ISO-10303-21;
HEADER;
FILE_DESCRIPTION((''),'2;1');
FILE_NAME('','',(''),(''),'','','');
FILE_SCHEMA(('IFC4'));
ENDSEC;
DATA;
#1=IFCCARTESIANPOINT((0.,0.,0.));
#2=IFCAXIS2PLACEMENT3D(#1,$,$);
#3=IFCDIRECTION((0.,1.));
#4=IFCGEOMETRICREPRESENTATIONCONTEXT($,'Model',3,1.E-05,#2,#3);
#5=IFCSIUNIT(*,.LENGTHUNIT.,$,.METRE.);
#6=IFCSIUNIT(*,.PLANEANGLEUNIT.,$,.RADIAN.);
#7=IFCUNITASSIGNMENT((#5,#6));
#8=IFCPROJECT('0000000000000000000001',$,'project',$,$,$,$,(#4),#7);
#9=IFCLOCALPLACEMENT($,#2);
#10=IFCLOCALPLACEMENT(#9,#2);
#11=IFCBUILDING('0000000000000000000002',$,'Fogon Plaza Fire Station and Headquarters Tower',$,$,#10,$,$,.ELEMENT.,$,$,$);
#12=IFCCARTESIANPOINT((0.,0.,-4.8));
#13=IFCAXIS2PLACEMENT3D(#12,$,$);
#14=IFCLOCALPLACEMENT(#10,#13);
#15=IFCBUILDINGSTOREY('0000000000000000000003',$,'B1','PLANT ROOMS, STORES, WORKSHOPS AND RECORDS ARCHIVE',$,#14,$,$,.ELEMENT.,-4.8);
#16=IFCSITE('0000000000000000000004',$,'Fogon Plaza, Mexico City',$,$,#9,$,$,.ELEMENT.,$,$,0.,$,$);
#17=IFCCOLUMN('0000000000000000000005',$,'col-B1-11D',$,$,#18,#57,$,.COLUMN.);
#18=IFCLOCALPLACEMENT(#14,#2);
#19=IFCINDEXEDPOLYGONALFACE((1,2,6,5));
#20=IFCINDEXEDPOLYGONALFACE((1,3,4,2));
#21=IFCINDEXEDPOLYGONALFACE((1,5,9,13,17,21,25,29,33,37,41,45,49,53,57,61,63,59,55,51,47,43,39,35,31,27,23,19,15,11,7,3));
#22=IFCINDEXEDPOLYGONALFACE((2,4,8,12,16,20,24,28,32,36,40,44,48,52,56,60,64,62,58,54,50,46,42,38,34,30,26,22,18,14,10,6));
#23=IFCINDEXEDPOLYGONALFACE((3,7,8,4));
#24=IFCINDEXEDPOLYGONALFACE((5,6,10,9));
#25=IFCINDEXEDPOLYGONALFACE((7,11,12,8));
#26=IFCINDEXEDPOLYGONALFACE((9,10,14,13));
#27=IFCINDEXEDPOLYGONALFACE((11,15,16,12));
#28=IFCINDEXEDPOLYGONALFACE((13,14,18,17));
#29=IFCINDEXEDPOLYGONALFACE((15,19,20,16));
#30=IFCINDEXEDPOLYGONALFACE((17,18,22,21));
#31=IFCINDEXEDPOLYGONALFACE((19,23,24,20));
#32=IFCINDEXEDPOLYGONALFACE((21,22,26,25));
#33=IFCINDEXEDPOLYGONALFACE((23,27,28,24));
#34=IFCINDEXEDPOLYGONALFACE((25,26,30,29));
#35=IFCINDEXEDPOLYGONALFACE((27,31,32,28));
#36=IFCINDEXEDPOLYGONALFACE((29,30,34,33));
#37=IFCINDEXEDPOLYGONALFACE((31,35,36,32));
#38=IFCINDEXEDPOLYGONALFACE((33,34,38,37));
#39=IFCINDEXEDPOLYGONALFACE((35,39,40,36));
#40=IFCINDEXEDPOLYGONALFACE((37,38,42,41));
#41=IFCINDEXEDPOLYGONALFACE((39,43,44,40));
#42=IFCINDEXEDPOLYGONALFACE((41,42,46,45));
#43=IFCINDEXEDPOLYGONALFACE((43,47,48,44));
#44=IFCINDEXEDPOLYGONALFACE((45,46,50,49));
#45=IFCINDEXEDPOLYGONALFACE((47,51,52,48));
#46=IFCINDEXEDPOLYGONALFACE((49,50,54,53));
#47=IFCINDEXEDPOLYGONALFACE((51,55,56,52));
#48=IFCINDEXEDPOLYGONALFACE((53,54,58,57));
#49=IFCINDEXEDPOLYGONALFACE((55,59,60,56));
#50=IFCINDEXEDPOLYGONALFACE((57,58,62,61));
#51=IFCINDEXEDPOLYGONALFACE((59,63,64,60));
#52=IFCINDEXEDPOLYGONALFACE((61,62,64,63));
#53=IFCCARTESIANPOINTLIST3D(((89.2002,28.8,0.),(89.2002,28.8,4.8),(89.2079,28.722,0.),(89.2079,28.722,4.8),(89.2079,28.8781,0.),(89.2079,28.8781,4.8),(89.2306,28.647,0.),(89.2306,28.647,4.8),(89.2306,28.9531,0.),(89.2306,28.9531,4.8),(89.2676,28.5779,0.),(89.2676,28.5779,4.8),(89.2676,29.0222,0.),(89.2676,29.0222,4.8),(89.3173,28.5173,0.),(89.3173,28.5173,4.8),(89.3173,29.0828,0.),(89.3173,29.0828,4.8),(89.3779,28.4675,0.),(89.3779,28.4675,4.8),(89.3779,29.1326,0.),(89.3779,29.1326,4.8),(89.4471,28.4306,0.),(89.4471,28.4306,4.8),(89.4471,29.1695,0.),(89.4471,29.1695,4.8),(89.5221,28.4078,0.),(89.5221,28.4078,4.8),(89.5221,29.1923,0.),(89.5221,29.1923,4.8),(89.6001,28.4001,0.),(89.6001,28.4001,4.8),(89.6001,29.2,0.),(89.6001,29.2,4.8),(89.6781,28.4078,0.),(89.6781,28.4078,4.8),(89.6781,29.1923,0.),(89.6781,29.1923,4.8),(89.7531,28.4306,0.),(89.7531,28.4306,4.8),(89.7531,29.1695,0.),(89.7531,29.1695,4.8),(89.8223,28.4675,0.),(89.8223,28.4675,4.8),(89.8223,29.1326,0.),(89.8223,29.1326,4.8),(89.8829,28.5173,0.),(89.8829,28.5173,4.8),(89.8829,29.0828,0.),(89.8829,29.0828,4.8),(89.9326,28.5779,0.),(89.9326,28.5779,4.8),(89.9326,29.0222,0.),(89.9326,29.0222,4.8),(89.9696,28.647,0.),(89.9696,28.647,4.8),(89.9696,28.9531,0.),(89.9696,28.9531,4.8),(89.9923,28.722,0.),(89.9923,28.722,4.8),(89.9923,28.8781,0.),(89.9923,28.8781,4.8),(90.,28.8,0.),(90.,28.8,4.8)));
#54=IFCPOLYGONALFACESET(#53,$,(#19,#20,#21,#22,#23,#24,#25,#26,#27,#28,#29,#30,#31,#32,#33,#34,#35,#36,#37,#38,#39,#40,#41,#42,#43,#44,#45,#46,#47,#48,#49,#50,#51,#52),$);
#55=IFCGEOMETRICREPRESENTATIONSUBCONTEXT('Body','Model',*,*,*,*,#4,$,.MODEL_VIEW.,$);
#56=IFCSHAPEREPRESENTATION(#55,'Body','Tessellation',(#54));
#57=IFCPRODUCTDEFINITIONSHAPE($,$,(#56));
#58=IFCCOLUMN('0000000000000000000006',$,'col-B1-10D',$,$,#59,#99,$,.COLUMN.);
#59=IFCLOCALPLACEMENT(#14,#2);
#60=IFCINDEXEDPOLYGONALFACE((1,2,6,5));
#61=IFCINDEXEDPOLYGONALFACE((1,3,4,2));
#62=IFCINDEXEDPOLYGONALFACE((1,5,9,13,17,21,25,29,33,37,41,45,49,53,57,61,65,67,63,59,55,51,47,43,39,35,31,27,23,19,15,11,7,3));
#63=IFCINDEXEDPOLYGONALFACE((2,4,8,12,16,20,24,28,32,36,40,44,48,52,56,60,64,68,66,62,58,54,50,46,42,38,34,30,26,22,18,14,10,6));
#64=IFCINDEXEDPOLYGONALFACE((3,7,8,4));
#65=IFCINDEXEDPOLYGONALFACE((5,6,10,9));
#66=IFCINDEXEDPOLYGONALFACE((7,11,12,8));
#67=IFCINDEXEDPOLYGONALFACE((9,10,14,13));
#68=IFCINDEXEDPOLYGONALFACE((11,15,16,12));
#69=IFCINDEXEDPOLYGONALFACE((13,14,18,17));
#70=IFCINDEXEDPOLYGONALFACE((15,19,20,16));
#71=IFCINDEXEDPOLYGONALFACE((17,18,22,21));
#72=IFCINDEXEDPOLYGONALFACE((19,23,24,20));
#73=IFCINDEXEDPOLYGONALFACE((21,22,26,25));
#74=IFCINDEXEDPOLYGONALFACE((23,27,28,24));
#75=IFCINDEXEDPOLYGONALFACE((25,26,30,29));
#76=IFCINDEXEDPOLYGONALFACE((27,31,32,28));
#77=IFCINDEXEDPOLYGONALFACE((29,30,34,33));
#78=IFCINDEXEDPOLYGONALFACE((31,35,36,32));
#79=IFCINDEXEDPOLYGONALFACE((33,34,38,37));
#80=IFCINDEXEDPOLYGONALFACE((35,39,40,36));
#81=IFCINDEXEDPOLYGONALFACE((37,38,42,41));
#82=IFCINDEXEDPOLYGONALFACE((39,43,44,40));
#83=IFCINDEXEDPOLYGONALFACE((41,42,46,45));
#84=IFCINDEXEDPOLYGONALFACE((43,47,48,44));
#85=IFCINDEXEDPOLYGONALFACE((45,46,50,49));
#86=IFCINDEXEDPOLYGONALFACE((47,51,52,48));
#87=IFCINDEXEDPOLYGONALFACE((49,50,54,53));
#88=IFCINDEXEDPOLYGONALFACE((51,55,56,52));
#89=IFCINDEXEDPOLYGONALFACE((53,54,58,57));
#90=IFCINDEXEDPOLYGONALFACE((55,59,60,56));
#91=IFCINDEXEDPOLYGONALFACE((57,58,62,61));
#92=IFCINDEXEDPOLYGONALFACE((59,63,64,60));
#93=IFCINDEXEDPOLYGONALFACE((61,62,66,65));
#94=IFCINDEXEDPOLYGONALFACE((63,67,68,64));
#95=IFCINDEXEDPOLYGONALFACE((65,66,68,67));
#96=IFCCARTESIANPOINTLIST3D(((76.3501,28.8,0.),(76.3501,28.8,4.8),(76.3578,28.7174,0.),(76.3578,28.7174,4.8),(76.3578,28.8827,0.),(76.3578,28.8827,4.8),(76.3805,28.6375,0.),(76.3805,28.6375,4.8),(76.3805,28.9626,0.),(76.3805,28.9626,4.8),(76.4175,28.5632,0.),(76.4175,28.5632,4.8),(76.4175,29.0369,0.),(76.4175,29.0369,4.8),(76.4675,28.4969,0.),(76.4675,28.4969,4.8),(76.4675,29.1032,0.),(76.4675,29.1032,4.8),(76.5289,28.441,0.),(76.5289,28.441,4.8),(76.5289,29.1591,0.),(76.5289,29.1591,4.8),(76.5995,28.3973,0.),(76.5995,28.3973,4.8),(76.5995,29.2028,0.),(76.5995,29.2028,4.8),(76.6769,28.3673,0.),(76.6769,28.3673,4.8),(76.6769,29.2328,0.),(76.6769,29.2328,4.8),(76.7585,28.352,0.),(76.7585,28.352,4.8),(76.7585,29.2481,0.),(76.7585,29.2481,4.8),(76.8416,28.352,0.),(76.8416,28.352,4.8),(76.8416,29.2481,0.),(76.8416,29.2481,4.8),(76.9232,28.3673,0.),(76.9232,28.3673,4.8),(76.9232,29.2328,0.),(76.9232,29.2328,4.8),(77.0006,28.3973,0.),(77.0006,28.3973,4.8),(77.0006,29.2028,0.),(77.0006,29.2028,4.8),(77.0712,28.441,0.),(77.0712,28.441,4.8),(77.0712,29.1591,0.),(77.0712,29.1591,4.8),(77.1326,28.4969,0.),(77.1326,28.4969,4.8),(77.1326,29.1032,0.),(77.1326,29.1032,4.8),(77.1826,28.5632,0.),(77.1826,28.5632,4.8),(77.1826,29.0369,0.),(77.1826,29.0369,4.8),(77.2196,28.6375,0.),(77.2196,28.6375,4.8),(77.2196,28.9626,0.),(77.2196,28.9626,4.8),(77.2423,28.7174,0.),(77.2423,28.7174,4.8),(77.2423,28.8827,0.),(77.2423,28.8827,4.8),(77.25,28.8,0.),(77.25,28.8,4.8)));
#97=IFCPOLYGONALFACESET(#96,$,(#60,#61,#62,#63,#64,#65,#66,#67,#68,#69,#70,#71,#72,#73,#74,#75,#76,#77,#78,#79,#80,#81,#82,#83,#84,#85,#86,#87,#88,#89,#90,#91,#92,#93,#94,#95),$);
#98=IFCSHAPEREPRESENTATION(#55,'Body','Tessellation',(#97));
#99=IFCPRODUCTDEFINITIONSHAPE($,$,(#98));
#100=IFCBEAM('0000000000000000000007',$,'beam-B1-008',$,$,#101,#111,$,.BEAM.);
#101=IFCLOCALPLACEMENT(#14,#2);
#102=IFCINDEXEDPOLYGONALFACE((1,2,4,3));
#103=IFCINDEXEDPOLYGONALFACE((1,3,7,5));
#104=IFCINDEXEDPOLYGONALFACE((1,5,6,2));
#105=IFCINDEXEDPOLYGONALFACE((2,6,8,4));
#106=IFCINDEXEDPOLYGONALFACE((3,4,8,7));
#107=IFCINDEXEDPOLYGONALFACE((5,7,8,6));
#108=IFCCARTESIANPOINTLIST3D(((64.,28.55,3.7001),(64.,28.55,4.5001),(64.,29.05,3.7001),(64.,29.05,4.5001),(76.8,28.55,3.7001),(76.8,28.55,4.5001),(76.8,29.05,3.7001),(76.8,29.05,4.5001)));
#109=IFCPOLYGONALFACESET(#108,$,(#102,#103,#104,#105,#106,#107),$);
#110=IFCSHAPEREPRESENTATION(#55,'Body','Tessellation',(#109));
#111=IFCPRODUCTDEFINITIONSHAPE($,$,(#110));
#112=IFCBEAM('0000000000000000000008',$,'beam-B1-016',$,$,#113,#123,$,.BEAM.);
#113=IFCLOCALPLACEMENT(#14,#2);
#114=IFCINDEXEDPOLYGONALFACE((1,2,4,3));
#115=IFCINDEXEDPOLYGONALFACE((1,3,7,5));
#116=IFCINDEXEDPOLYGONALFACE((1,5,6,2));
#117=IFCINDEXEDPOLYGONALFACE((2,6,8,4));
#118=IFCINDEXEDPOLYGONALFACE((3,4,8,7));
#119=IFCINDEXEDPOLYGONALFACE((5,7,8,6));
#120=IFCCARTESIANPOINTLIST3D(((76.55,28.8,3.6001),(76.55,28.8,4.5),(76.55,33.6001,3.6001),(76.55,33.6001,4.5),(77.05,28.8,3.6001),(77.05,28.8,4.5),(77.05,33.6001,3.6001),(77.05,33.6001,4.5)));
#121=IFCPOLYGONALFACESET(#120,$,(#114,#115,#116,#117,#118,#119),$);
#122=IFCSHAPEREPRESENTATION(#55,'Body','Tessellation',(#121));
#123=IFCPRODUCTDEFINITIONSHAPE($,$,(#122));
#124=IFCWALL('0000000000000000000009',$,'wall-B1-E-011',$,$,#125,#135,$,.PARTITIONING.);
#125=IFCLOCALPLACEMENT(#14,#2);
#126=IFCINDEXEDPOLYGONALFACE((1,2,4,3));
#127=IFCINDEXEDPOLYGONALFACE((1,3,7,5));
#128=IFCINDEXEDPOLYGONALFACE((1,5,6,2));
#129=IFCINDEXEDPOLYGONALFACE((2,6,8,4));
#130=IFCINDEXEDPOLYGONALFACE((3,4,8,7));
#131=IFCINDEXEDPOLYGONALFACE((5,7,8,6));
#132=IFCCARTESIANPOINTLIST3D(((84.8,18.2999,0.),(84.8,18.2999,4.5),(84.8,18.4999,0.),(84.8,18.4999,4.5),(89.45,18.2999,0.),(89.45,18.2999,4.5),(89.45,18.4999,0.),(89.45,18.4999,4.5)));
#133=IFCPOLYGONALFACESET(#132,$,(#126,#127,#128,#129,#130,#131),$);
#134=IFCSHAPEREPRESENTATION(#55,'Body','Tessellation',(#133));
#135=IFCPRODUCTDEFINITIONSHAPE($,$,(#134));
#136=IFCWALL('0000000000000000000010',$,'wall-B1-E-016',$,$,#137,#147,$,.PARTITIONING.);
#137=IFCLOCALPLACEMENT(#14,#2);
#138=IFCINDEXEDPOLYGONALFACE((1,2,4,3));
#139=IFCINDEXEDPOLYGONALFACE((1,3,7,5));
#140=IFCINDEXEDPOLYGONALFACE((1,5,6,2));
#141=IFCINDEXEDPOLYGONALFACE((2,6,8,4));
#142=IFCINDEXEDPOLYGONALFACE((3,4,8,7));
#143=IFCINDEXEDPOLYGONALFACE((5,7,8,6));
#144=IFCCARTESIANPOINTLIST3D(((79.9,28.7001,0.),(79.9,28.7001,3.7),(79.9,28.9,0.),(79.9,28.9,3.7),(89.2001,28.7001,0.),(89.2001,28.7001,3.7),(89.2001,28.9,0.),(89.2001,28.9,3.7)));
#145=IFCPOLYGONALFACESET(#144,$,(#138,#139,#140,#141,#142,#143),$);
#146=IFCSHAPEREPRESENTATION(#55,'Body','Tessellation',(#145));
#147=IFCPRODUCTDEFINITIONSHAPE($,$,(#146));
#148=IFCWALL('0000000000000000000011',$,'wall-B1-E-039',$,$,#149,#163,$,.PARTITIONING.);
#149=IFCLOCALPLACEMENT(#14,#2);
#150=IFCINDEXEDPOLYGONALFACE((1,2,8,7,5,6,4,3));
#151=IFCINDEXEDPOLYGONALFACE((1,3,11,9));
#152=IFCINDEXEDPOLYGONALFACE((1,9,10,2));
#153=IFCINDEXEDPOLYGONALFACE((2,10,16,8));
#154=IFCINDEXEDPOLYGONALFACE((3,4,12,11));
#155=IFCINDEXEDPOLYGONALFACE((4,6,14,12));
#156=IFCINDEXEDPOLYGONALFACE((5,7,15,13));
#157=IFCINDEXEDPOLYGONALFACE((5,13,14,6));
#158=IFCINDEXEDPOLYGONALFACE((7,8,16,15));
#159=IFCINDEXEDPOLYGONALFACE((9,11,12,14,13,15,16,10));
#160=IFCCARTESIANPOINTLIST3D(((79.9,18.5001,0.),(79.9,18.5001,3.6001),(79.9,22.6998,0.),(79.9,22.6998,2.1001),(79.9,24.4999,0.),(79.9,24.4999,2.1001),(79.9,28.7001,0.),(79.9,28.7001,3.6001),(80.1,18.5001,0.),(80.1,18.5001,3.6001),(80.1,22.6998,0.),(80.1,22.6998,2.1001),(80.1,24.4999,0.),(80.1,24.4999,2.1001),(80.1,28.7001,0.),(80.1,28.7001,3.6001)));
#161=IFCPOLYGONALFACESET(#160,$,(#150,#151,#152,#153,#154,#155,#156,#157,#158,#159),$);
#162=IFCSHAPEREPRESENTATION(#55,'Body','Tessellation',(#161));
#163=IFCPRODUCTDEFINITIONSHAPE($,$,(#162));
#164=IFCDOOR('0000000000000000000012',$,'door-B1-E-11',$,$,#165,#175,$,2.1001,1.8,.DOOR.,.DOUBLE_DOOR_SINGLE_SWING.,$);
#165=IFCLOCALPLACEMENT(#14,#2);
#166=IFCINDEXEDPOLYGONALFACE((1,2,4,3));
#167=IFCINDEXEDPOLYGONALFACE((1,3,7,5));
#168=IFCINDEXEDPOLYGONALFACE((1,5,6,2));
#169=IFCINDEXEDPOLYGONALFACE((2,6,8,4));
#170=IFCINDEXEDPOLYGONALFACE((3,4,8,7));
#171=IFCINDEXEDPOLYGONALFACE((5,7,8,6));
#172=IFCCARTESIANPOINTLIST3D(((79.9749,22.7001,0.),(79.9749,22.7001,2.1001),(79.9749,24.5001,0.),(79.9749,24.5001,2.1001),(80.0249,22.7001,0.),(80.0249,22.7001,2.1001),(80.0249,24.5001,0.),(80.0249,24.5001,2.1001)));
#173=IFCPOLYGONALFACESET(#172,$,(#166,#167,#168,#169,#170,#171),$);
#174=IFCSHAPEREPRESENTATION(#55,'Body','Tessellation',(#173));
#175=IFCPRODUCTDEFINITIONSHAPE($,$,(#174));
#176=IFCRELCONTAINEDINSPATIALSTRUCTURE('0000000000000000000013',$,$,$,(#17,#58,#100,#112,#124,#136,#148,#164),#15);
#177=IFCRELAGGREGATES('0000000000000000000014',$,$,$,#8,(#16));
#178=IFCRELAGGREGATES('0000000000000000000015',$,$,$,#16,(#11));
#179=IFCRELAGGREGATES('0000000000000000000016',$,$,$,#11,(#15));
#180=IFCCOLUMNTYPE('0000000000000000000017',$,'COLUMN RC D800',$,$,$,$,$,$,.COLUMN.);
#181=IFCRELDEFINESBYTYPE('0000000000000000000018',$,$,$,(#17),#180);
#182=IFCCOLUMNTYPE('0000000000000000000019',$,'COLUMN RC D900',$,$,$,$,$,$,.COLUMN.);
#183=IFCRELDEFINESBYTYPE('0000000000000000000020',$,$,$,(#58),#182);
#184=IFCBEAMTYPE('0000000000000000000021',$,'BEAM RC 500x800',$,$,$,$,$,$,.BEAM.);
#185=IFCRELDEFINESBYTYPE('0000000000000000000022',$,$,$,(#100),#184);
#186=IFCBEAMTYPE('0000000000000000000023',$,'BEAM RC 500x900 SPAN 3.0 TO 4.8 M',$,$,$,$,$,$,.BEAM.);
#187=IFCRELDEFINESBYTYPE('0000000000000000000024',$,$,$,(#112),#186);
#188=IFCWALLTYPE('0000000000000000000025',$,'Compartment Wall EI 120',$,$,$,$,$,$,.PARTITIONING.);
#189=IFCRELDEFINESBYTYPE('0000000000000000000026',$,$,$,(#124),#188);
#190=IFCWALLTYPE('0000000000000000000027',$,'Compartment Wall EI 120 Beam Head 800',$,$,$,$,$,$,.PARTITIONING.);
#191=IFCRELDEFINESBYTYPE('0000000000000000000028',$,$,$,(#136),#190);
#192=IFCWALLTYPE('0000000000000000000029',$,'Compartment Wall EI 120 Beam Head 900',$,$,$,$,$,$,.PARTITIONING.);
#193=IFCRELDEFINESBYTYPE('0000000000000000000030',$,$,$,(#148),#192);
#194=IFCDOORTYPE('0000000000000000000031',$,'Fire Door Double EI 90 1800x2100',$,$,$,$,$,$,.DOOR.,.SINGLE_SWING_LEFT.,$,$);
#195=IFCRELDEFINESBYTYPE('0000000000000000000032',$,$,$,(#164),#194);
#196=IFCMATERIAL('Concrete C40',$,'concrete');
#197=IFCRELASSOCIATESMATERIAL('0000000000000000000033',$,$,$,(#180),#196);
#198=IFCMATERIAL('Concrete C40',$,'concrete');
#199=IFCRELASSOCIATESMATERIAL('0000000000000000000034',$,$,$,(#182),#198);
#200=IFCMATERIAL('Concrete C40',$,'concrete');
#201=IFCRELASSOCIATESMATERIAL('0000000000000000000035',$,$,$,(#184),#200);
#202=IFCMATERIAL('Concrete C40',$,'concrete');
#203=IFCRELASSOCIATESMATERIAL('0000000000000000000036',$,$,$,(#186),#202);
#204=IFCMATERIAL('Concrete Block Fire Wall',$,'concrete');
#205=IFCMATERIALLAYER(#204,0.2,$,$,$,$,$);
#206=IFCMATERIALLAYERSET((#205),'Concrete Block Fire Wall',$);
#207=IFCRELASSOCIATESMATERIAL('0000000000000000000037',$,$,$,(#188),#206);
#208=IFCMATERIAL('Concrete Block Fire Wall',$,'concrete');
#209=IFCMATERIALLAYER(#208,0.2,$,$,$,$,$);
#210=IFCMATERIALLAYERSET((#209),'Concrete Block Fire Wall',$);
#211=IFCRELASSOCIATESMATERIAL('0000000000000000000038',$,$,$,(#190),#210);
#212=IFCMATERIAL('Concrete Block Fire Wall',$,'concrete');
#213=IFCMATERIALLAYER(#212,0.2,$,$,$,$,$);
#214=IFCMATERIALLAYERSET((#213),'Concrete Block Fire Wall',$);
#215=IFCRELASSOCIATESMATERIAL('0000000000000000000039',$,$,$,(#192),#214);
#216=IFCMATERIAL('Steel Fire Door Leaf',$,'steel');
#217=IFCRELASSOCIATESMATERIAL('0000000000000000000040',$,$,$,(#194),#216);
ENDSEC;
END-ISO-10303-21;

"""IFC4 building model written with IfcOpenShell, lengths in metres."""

from ifc_helpers import new_model, si_unit, direction, frame, frame_2d, origin, origin_2d, place, context, subcontext, project, spatial, rectangle, circle, extrude, material, layer, layer_set, material_profile, profile_set, type_object, element, fill, save


model = new_model("IFC4")

# Units and contexts
model_context = context("Model", 3, precision=1e-05, world=origin(), true_north=direction((0.0, 1.0)))
body_context = subcontext(model_context, "Body", "Model", "MODEL_VIEW")
ifc_project = project(units=[si_unit("LENGTHUNIT", "METRE"), si_unit("PLANEANGLEUNIT", "RADIAN")], contexts=[model_context])

# Site, building, storey
site_placement = place(None, origin())
site = spatial("IfcSite", under=ifc_project, at=site_placement, Name="Fogon Plaza, Mexico City", CompositionType="ELEMENT", RefElevation=0.0)
building_placement = place(site_placement, origin())
building = spatial("IfcBuilding", under=site, at=building_placement, Name="Fogon Plaza Fire Station and Headquarters Tower", CompositionType="ELEMENT")
storey_placement = place(building_placement, frame((0.0, 0.0, -4.8)))
storey = spatial("IfcBuildingStorey", under=building, at=storey_placement, Name="B1", Description="PLANT ROOMS, STORES, WORKSHOPS AND RECORDS ARCHIVE", CompositionType="ELEMENT", Elevation=-4.8)

# Columns
ifc_material_1 = material(Name="Concrete C40", Category="concrete")
ifc_material_profile_1 = material_profile(ifc_material_1, circle(Radius=0.3999, at=origin_2d()), Name="RC D800")
ifc_profile_set_1 = profile_set([ifc_material_profile_1], Name="Concrete C40")
column_type_1 = type_object("IfcColumnType", Name="COLUMN RC D800", PredefinedType="COLUMN", material=ifc_profile_set_1)
column_1_placement = place(storey_placement, frame((89.6001, 28.8, 0.0), z_axis=(0.0, 0.0, 1.0), x_axis=(1.0, 0.0, 0.0)))
element("IfcColumn", 1, at=column_1_placement, inside=storey, type_object=column_type_1, Name="col-B1-11D", PredefinedType="COLUMN", context=body_context, shape_type="SweptSolid", body=[
    extrude(circle(Radius=0.3999, at=origin_2d()), origin(), (0.0, 0.0, 1.0), 4.8),
])
ifc_material_2 = material(Name="Concrete C40", Category="concrete")
ifc_material_profile_2 = material_profile(ifc_material_2, circle(Radius=0.45, at=origin_2d()), Name="RC D900")
ifc_profile_set_2 = profile_set([ifc_material_profile_2], Name="Concrete C40")
column_type_2 = type_object("IfcColumnType", Name="COLUMN RC D900", PredefinedType="COLUMN", material=ifc_profile_set_2)
column_2_placement = place(storey_placement, frame((76.8, 28.8, 0.0), z_axis=(0.0, 0.0, 1.0), x_axis=(1.0, 0.0, 0.0)))
element("IfcColumn", 2, at=column_2_placement, inside=storey, type_object=column_type_2, Name="col-B1-10D", PredefinedType="COLUMN", context=body_context, shape_type="SweptSolid", body=[
    extrude(circle(Radius=0.45, at=origin_2d()), origin(), (0.0, 0.0, 1.0), 4.8),
])

# Beams
ifc_material_3 = material(Name="Concrete C40", Category="concrete")
ifc_material_profile_3 = material_profile(ifc_material_3, rectangle(XDim=0.5, YDim=0.8, at=origin_2d()), Name="RC 500x800")
ifc_profile_set_3 = profile_set([ifc_material_profile_3], Name="Concrete C40")
beam_type_1 = type_object("IfcBeamType", Name="BEAM RC 500x800", PredefinedType="BEAM", material=ifc_profile_set_3)
beam_1_placement = place(storey_placement, frame((76.8, 28.8, 4.1001), z_axis=(-1.0, 0.0, 0.0), x_axis=(0.0, -1.0, 0.0)))
element("IfcBeam", 3, at=beam_1_placement, inside=storey, type_object=beam_type_1, Name="beam-B1-008", PredefinedType="BEAM", context=body_context, shape_type="SweptSolid", body=[
    extrude(rectangle(XDim=0.5, YDim=0.8, at=origin_2d()), origin(), (0.0, 0.0, 1.0), 12.8),
])
ifc_material_4 = material(Name="Concrete C40", Category="concrete")
ifc_material_profile_4 = material_profile(ifc_material_4, rectangle(XDim=0.5, YDim=0.8999, at=origin_2d()), Name="RC 500x900")
ifc_profile_set_4 = profile_set([ifc_material_profile_4], Name="Concrete C40")
beam_type_2 = type_object("IfcBeamType", Name="BEAM RC 500x900 SPAN 3.0 TO 4.8 M", PredefinedType="BEAM", material=ifc_profile_set_4)
beam_2_placement = place(storey_placement, frame((76.8, 28.8, 4.05), z_axis=(0.0, 1.0, 0.0), x_axis=(-1.0, 0.0, 0.0)))
element("IfcBeam", 4, at=beam_2_placement, inside=storey, type_object=beam_type_2, Name="beam-B1-016", PredefinedType="BEAM", context=body_context, shape_type="SweptSolid", body=[
    extrude(rectangle(XDim=0.5, YDim=0.8999, at=origin_2d()), origin(), (0.0, 0.0, 1.0), 4.8),
])

# Walls
ifc_material_5 = material(Name="Concrete Block Fire Wall", Category="concrete")
ifc_layer_1 = layer(ifc_material_5, 0.2)
ifc_layer_set_1 = layer_set([ifc_layer_1], Name="Concrete Block Fire Wall")
wall_type_1 = type_object("IfcWallType", Name="Compartment Wall EI 120", PredefinedType="PARTITIONING", material=ifc_layer_set_1)
wall_1_placement = place(storey_placement, frame((89.45, 18.3999, 0.0), z_axis=(0.0, 0.0, 1.0), x_axis=(-1.0, 0.0, 0.0)))
element("IfcWall", 5, at=wall_1_placement, inside=storey, type_object=wall_type_1, Name="wall-B1-E-011", PredefinedType="PARTITIONING", context=body_context, shape_type="SweptSolid", body=[
    extrude(rectangle(XDim=4.6499, YDim=0.2, at=frame_2d((2.325, 0.0))), origin(), (0.0, 0.0, 1.0), 4.5),
])
ifc_material_6 = material(Name="Concrete Block Fire Wall", Category="concrete")
ifc_layer_2 = layer(ifc_material_6, 0.2)
ifc_layer_set_2 = layer_set([ifc_layer_2], Name="Concrete Block Fire Wall")
wall_type_2 = type_object("IfcWallType", Name="Compartment Wall EI 120 Beam Head 800", PredefinedType="PARTITIONING", material=ifc_layer_set_2)
wall_2_placement = place(storey_placement, frame((89.2, 28.8, 0.0), z_axis=(0.0, 0.0, 1.0), x_axis=(-1.0, 0.0, 0.0)))
element("IfcWall", 6, at=wall_2_placement, inside=storey, type_object=wall_type_2, Name="wall-B1-E-016", PredefinedType="PARTITIONING", context=body_context, shape_type="SweptSolid", body=[
    extrude(rectangle(XDim=9.3, YDim=0.2, at=frame_2d((4.6499, 0.0))), origin(), (0.0, 0.0, 1.0), 3.7),
])

# Wall, opening, door
ifc_material_7 = material(Name="Concrete Block Fire Wall", Category="concrete")
ifc_layer_3 = layer(ifc_material_7, 0.2)
ifc_layer_set_3 = layer_set([ifc_layer_3], Name="Concrete Block Fire Wall")
wall_type_3 = type_object("IfcWallType", Name="Compartment Wall EI 120 Beam Head 900", PredefinedType="PARTITIONING", material=ifc_layer_set_3)
wall_3_placement = place(storey_placement, frame((80.0, 18.5, 0.0), z_axis=(0.0, 0.0, 1.0), x_axis=(0.0, 1.0, 0.0)))
wall_3 = element("IfcWall", 7, at=wall_3_placement, inside=storey, type_object=wall_type_3, Name="wall-B1-E-039", PredefinedType="PARTITIONING", context=body_context, shape_type="SweptSolid", body=[
    extrude(rectangle(XDim=10.2, YDim=0.2, at=frame_2d((5.1001, 0.0))), origin(), (0.0, 0.0, 1.0), 3.6001),
])
opening_1_placement = place(wall_3_placement, frame((4.2, 0.0, 0.0)))
opening_1 = element("IfcOpeningElement", 8, at=opening_1_placement, cuts=wall_3, PredefinedType="OPENING", context=body_context, shape_type="SweptSolid", body=[
    extrude(rectangle(XDim=1.8, YDim=2.1001, at=frame_2d((0.8999, 1.05))), frame((0.0, 0.1099, 0.0), z_axis=(0.0, -1.0, 0.0), x_axis=(1.0, 0.0, 0.0)), (0.0, 0.0, 1.0), 0.22),
])
ifc_material_8 = material(Name="Steel Fire Door Leaf", Category="steel")
door_type_1 = type_object("IfcDoorType", Name="Fire Door Double EI 90 1800x2100", OperationType="SINGLE_SWING_LEFT", PredefinedType="DOOR", material=ifc_material_8)
door_1_placement = place(opening_1_placement, frame((1.8, 0.0, 0.0), z_axis=(0.0, 0.0, 1.0), x_axis=(-1.0, 0.0, 0.0)))
door_1 = element("IfcDoor", 9, at=door_1_placement, inside=storey, type_object=door_type_1, Name="door-B1-E-11", OperationType="DOUBLE_DOOR_SINGLE_SWING", OverallHeight=2.1001, OverallWidth=1.8, PredefinedType="DOOR", context=body_context, shape_type="SweptSolid", body=[
    extrude(rectangle(XDim=1.8, YDim=2.1001, at=frame_2d((0.8999, 1.05))), frame((0.0, 0.0249, 0.0), z_axis=(0.0, -1.0, 0.0), x_axis=(1.0, 0.0, 0.0)), (0.0, 0.0, 1.0), 0.05),
])
fill(opening_1, door_1)

save(model, "model.ifc")
